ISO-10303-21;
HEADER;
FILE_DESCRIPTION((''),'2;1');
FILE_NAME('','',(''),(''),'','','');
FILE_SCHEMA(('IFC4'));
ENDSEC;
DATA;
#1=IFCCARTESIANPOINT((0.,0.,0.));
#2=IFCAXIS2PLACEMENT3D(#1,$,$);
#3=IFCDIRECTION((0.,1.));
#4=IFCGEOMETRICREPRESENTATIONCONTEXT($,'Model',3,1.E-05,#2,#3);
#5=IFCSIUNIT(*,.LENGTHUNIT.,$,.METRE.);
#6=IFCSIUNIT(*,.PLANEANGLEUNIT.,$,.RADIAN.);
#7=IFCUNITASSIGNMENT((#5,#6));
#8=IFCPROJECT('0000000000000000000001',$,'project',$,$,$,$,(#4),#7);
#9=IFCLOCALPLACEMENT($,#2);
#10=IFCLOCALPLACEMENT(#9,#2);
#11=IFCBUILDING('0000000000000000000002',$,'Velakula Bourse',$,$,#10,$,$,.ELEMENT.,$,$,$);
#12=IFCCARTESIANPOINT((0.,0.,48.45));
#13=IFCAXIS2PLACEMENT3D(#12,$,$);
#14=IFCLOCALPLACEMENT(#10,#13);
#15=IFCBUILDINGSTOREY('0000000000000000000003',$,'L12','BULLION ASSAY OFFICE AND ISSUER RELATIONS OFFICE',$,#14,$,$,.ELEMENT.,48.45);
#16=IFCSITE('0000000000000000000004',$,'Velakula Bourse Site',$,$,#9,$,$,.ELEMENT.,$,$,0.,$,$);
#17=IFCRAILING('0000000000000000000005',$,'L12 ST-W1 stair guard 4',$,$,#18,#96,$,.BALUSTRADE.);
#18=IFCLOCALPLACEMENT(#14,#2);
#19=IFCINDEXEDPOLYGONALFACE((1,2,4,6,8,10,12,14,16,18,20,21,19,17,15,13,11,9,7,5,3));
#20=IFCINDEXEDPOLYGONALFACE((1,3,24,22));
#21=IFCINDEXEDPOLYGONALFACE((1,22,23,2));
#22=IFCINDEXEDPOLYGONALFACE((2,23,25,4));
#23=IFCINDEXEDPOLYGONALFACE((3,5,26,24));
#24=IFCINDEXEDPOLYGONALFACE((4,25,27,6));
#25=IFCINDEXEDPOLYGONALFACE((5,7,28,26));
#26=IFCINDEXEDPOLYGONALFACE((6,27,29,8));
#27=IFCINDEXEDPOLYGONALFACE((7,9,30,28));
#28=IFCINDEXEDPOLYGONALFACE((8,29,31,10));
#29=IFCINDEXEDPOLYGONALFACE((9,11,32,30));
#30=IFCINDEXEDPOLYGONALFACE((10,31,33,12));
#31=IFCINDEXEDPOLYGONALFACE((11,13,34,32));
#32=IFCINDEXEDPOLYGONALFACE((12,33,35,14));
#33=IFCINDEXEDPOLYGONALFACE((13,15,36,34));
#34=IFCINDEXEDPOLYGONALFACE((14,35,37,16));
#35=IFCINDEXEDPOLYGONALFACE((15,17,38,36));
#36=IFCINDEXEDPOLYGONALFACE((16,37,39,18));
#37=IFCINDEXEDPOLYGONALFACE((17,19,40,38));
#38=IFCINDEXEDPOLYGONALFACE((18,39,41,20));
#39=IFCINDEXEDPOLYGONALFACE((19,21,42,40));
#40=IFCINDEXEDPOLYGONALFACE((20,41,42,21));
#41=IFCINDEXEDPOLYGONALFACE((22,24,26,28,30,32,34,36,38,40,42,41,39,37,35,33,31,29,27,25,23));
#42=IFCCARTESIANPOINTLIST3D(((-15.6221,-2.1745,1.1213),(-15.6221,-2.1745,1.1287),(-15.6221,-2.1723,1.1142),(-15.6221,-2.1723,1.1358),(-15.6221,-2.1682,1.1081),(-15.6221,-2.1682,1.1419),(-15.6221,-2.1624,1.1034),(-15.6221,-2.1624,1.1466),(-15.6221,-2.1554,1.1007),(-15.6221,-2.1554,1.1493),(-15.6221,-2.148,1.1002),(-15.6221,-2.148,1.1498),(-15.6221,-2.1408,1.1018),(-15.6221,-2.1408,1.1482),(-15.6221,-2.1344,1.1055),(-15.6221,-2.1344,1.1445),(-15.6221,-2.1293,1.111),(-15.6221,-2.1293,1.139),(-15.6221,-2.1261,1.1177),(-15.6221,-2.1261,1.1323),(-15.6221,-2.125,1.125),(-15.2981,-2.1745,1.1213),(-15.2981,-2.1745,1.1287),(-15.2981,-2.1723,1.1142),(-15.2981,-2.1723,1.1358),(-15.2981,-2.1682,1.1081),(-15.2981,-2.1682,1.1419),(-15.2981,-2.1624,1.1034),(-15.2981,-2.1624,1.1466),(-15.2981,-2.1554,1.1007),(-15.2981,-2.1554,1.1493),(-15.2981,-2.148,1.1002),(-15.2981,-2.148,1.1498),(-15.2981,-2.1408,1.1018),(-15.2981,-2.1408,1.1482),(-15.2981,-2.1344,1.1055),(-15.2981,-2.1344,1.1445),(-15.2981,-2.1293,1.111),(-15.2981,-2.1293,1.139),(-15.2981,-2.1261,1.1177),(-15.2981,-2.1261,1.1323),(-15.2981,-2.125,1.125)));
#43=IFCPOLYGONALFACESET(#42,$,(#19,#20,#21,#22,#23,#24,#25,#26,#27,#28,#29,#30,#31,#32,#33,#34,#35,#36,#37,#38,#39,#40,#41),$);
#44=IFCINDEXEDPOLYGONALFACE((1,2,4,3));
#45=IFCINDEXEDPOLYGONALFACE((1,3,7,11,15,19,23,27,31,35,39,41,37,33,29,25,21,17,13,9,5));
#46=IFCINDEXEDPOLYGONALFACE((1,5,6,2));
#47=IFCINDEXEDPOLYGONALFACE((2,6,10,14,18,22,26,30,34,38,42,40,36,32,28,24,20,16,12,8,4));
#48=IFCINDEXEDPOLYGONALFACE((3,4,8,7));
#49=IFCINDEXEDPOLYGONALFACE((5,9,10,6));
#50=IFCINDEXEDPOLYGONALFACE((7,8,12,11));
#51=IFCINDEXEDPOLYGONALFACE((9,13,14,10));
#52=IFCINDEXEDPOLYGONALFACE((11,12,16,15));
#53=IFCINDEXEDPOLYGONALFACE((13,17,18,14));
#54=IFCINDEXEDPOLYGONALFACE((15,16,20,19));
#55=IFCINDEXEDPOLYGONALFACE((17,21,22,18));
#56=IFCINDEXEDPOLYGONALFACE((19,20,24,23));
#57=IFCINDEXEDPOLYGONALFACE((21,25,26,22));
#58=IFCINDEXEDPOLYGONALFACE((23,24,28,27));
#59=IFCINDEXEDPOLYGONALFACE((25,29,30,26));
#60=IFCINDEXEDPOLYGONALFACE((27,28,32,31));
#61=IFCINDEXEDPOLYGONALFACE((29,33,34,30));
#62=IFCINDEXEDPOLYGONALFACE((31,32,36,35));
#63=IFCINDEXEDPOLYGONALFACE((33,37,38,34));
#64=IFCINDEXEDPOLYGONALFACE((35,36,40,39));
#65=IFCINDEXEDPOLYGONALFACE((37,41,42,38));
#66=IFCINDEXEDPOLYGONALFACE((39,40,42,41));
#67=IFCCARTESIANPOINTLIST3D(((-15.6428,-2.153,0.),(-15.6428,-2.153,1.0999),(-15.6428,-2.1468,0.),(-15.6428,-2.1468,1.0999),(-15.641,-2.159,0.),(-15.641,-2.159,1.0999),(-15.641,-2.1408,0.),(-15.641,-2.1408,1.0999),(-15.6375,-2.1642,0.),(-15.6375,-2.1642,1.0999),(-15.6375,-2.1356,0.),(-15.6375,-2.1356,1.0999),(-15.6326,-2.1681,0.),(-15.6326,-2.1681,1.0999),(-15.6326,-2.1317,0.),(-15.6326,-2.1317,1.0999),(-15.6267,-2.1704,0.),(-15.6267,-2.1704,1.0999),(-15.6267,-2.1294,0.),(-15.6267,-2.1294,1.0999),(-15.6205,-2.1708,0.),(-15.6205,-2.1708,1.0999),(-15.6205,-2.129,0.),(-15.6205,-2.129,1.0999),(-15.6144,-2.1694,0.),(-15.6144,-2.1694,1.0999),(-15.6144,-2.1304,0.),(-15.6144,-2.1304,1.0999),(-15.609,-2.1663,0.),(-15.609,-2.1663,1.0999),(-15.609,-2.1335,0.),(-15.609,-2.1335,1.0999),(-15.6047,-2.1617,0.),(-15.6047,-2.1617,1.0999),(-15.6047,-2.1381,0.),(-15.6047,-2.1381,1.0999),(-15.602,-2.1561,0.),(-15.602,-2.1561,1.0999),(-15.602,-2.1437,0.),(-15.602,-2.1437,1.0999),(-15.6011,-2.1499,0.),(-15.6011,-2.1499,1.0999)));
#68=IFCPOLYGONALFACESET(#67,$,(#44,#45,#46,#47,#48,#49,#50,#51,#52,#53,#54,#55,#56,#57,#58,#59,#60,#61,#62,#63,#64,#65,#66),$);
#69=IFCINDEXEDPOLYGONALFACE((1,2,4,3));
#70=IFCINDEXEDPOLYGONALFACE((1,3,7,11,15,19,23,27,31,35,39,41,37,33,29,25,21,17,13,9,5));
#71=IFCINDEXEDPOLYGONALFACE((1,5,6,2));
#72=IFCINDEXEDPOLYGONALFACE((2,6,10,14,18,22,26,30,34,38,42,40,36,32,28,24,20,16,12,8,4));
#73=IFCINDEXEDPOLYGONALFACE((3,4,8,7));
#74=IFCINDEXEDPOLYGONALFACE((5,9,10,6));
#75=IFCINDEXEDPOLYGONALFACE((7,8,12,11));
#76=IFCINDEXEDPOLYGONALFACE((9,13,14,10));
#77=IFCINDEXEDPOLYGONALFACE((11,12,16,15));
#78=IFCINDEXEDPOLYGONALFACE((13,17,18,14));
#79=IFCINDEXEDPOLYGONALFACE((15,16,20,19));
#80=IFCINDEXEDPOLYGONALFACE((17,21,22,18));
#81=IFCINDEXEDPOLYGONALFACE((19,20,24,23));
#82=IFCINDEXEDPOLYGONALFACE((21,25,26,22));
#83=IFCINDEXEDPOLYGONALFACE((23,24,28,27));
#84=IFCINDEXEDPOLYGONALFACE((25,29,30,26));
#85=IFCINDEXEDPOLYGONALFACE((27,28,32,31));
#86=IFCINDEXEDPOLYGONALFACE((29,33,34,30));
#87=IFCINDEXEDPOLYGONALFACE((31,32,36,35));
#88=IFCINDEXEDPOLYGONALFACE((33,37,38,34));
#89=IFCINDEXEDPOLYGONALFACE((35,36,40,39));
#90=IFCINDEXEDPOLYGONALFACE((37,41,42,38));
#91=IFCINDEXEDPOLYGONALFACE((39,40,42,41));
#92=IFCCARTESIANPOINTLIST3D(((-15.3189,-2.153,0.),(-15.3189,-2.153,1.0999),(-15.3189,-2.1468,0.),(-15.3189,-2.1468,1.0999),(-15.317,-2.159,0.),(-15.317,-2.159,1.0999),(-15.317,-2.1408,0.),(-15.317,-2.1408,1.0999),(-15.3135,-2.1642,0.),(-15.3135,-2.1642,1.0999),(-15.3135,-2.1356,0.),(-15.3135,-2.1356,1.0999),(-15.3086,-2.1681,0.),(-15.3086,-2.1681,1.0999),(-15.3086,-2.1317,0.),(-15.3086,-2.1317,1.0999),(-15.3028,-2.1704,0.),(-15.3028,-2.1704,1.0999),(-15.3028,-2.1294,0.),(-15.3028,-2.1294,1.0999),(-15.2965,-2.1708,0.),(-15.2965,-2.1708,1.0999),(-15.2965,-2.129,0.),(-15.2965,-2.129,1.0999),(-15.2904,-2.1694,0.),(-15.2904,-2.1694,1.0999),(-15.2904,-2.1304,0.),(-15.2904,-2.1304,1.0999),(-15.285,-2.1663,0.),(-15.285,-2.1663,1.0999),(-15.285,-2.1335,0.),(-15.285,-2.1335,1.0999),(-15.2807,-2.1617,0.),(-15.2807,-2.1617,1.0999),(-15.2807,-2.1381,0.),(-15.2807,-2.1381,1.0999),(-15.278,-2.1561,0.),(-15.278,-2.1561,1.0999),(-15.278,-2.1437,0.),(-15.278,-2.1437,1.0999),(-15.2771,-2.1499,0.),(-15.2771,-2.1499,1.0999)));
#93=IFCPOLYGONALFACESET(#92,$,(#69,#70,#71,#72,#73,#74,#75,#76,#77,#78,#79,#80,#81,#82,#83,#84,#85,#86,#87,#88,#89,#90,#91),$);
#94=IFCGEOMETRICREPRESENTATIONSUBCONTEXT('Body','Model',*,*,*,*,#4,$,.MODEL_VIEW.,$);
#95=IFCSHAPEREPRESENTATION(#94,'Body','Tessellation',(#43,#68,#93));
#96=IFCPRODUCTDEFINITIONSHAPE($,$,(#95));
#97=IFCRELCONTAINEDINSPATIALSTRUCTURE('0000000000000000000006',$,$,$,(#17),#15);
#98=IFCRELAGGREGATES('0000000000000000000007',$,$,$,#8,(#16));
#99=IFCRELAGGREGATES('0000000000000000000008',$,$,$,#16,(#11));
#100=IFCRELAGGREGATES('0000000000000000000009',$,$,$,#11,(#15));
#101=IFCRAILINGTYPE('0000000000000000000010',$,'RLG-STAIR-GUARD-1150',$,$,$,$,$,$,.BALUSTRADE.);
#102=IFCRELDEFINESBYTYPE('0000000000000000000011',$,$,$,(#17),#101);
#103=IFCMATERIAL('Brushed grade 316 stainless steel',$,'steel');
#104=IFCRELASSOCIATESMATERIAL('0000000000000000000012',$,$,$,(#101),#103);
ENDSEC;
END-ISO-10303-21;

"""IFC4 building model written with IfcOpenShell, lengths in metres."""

from ifc_helpers import new_model, si_unit, direction, frame, origin, origin_2d, place, context, subcontext, project, spatial, circle, extrude, material, type_object, element, save


model = new_model("IFC4")

# Units and contexts
model_context = context("Model", 3, precision=1e-05, world=origin(), true_north=direction((0.0, 1.0)))
body_context = subcontext(model_context, "Body", "Model", "MODEL_VIEW")
ifc_project = project(units=[si_unit("LENGTHUNIT", "METRE"), si_unit("PLANEANGLEUNIT", "RADIAN")], contexts=[model_context])

# Site, building, storey
site_placement = place(None, origin())
site = spatial("IfcSite", under=ifc_project, at=site_placement, Name="Velakula Bourse Site", CompositionType="ELEMENT", RefElevation=0.0)
building_placement = place(site_placement, origin())
building = spatial("IfcBuilding", under=site, at=building_placement, Name="Velakula Bourse", CompositionType="ELEMENT")
storey_placement = place(building_placement, frame((0.0, 0.0, 48.45)))
storey = spatial("IfcBuildingStorey", under=building, at=storey_placement, Name="L12", Description="BULLION ASSAY OFFICE AND ISSUER RELATIONS OFFICE", CompositionType="ELEMENT", Elevation=48.45)

# Shared definitions
ifc_material_1 = material(Name="Brushed grade 316 stainless steel", Category="steel")

# Railing
railing_type_1 = type_object("IfcRailingType", Name="RLG-STAIR-GUARD-1150", PredefinedType="BALUSTRADE", material=ifc_material_1)
railing_1_placement = place(storey_placement, frame((-15.6221, -2.1499, 0.0)))
element("IfcRailing", 1, at=railing_1_placement, inside=storey, type_object=railing_type_1, Name="L12 ST-W1 stair guard 4", PredefinedType="BALUSTRADE", context=body_context, shape_type="SweptSolid", body=[
    extrude(circle(Radius=0.0249, at=origin_2d()), frame((0.0, 0.0, 1.125), z_axis=(1.0, 0.0, 0.0), x_axis=(0.0, 1.0, 0.0)), (0.0, 0.0, 1.0), 0.324),
    extrude(circle(Radius=0.021, at=origin_2d()), origin(), (0.0, 0.0, 1.0), 1.0999),
    extrude(circle(Radius=0.021, at=origin_2d()), frame((0.324, 0.0, 0.0)), (0.0, 0.0, 1.0), 1.0999),
])

save(model, "model.ifc")
